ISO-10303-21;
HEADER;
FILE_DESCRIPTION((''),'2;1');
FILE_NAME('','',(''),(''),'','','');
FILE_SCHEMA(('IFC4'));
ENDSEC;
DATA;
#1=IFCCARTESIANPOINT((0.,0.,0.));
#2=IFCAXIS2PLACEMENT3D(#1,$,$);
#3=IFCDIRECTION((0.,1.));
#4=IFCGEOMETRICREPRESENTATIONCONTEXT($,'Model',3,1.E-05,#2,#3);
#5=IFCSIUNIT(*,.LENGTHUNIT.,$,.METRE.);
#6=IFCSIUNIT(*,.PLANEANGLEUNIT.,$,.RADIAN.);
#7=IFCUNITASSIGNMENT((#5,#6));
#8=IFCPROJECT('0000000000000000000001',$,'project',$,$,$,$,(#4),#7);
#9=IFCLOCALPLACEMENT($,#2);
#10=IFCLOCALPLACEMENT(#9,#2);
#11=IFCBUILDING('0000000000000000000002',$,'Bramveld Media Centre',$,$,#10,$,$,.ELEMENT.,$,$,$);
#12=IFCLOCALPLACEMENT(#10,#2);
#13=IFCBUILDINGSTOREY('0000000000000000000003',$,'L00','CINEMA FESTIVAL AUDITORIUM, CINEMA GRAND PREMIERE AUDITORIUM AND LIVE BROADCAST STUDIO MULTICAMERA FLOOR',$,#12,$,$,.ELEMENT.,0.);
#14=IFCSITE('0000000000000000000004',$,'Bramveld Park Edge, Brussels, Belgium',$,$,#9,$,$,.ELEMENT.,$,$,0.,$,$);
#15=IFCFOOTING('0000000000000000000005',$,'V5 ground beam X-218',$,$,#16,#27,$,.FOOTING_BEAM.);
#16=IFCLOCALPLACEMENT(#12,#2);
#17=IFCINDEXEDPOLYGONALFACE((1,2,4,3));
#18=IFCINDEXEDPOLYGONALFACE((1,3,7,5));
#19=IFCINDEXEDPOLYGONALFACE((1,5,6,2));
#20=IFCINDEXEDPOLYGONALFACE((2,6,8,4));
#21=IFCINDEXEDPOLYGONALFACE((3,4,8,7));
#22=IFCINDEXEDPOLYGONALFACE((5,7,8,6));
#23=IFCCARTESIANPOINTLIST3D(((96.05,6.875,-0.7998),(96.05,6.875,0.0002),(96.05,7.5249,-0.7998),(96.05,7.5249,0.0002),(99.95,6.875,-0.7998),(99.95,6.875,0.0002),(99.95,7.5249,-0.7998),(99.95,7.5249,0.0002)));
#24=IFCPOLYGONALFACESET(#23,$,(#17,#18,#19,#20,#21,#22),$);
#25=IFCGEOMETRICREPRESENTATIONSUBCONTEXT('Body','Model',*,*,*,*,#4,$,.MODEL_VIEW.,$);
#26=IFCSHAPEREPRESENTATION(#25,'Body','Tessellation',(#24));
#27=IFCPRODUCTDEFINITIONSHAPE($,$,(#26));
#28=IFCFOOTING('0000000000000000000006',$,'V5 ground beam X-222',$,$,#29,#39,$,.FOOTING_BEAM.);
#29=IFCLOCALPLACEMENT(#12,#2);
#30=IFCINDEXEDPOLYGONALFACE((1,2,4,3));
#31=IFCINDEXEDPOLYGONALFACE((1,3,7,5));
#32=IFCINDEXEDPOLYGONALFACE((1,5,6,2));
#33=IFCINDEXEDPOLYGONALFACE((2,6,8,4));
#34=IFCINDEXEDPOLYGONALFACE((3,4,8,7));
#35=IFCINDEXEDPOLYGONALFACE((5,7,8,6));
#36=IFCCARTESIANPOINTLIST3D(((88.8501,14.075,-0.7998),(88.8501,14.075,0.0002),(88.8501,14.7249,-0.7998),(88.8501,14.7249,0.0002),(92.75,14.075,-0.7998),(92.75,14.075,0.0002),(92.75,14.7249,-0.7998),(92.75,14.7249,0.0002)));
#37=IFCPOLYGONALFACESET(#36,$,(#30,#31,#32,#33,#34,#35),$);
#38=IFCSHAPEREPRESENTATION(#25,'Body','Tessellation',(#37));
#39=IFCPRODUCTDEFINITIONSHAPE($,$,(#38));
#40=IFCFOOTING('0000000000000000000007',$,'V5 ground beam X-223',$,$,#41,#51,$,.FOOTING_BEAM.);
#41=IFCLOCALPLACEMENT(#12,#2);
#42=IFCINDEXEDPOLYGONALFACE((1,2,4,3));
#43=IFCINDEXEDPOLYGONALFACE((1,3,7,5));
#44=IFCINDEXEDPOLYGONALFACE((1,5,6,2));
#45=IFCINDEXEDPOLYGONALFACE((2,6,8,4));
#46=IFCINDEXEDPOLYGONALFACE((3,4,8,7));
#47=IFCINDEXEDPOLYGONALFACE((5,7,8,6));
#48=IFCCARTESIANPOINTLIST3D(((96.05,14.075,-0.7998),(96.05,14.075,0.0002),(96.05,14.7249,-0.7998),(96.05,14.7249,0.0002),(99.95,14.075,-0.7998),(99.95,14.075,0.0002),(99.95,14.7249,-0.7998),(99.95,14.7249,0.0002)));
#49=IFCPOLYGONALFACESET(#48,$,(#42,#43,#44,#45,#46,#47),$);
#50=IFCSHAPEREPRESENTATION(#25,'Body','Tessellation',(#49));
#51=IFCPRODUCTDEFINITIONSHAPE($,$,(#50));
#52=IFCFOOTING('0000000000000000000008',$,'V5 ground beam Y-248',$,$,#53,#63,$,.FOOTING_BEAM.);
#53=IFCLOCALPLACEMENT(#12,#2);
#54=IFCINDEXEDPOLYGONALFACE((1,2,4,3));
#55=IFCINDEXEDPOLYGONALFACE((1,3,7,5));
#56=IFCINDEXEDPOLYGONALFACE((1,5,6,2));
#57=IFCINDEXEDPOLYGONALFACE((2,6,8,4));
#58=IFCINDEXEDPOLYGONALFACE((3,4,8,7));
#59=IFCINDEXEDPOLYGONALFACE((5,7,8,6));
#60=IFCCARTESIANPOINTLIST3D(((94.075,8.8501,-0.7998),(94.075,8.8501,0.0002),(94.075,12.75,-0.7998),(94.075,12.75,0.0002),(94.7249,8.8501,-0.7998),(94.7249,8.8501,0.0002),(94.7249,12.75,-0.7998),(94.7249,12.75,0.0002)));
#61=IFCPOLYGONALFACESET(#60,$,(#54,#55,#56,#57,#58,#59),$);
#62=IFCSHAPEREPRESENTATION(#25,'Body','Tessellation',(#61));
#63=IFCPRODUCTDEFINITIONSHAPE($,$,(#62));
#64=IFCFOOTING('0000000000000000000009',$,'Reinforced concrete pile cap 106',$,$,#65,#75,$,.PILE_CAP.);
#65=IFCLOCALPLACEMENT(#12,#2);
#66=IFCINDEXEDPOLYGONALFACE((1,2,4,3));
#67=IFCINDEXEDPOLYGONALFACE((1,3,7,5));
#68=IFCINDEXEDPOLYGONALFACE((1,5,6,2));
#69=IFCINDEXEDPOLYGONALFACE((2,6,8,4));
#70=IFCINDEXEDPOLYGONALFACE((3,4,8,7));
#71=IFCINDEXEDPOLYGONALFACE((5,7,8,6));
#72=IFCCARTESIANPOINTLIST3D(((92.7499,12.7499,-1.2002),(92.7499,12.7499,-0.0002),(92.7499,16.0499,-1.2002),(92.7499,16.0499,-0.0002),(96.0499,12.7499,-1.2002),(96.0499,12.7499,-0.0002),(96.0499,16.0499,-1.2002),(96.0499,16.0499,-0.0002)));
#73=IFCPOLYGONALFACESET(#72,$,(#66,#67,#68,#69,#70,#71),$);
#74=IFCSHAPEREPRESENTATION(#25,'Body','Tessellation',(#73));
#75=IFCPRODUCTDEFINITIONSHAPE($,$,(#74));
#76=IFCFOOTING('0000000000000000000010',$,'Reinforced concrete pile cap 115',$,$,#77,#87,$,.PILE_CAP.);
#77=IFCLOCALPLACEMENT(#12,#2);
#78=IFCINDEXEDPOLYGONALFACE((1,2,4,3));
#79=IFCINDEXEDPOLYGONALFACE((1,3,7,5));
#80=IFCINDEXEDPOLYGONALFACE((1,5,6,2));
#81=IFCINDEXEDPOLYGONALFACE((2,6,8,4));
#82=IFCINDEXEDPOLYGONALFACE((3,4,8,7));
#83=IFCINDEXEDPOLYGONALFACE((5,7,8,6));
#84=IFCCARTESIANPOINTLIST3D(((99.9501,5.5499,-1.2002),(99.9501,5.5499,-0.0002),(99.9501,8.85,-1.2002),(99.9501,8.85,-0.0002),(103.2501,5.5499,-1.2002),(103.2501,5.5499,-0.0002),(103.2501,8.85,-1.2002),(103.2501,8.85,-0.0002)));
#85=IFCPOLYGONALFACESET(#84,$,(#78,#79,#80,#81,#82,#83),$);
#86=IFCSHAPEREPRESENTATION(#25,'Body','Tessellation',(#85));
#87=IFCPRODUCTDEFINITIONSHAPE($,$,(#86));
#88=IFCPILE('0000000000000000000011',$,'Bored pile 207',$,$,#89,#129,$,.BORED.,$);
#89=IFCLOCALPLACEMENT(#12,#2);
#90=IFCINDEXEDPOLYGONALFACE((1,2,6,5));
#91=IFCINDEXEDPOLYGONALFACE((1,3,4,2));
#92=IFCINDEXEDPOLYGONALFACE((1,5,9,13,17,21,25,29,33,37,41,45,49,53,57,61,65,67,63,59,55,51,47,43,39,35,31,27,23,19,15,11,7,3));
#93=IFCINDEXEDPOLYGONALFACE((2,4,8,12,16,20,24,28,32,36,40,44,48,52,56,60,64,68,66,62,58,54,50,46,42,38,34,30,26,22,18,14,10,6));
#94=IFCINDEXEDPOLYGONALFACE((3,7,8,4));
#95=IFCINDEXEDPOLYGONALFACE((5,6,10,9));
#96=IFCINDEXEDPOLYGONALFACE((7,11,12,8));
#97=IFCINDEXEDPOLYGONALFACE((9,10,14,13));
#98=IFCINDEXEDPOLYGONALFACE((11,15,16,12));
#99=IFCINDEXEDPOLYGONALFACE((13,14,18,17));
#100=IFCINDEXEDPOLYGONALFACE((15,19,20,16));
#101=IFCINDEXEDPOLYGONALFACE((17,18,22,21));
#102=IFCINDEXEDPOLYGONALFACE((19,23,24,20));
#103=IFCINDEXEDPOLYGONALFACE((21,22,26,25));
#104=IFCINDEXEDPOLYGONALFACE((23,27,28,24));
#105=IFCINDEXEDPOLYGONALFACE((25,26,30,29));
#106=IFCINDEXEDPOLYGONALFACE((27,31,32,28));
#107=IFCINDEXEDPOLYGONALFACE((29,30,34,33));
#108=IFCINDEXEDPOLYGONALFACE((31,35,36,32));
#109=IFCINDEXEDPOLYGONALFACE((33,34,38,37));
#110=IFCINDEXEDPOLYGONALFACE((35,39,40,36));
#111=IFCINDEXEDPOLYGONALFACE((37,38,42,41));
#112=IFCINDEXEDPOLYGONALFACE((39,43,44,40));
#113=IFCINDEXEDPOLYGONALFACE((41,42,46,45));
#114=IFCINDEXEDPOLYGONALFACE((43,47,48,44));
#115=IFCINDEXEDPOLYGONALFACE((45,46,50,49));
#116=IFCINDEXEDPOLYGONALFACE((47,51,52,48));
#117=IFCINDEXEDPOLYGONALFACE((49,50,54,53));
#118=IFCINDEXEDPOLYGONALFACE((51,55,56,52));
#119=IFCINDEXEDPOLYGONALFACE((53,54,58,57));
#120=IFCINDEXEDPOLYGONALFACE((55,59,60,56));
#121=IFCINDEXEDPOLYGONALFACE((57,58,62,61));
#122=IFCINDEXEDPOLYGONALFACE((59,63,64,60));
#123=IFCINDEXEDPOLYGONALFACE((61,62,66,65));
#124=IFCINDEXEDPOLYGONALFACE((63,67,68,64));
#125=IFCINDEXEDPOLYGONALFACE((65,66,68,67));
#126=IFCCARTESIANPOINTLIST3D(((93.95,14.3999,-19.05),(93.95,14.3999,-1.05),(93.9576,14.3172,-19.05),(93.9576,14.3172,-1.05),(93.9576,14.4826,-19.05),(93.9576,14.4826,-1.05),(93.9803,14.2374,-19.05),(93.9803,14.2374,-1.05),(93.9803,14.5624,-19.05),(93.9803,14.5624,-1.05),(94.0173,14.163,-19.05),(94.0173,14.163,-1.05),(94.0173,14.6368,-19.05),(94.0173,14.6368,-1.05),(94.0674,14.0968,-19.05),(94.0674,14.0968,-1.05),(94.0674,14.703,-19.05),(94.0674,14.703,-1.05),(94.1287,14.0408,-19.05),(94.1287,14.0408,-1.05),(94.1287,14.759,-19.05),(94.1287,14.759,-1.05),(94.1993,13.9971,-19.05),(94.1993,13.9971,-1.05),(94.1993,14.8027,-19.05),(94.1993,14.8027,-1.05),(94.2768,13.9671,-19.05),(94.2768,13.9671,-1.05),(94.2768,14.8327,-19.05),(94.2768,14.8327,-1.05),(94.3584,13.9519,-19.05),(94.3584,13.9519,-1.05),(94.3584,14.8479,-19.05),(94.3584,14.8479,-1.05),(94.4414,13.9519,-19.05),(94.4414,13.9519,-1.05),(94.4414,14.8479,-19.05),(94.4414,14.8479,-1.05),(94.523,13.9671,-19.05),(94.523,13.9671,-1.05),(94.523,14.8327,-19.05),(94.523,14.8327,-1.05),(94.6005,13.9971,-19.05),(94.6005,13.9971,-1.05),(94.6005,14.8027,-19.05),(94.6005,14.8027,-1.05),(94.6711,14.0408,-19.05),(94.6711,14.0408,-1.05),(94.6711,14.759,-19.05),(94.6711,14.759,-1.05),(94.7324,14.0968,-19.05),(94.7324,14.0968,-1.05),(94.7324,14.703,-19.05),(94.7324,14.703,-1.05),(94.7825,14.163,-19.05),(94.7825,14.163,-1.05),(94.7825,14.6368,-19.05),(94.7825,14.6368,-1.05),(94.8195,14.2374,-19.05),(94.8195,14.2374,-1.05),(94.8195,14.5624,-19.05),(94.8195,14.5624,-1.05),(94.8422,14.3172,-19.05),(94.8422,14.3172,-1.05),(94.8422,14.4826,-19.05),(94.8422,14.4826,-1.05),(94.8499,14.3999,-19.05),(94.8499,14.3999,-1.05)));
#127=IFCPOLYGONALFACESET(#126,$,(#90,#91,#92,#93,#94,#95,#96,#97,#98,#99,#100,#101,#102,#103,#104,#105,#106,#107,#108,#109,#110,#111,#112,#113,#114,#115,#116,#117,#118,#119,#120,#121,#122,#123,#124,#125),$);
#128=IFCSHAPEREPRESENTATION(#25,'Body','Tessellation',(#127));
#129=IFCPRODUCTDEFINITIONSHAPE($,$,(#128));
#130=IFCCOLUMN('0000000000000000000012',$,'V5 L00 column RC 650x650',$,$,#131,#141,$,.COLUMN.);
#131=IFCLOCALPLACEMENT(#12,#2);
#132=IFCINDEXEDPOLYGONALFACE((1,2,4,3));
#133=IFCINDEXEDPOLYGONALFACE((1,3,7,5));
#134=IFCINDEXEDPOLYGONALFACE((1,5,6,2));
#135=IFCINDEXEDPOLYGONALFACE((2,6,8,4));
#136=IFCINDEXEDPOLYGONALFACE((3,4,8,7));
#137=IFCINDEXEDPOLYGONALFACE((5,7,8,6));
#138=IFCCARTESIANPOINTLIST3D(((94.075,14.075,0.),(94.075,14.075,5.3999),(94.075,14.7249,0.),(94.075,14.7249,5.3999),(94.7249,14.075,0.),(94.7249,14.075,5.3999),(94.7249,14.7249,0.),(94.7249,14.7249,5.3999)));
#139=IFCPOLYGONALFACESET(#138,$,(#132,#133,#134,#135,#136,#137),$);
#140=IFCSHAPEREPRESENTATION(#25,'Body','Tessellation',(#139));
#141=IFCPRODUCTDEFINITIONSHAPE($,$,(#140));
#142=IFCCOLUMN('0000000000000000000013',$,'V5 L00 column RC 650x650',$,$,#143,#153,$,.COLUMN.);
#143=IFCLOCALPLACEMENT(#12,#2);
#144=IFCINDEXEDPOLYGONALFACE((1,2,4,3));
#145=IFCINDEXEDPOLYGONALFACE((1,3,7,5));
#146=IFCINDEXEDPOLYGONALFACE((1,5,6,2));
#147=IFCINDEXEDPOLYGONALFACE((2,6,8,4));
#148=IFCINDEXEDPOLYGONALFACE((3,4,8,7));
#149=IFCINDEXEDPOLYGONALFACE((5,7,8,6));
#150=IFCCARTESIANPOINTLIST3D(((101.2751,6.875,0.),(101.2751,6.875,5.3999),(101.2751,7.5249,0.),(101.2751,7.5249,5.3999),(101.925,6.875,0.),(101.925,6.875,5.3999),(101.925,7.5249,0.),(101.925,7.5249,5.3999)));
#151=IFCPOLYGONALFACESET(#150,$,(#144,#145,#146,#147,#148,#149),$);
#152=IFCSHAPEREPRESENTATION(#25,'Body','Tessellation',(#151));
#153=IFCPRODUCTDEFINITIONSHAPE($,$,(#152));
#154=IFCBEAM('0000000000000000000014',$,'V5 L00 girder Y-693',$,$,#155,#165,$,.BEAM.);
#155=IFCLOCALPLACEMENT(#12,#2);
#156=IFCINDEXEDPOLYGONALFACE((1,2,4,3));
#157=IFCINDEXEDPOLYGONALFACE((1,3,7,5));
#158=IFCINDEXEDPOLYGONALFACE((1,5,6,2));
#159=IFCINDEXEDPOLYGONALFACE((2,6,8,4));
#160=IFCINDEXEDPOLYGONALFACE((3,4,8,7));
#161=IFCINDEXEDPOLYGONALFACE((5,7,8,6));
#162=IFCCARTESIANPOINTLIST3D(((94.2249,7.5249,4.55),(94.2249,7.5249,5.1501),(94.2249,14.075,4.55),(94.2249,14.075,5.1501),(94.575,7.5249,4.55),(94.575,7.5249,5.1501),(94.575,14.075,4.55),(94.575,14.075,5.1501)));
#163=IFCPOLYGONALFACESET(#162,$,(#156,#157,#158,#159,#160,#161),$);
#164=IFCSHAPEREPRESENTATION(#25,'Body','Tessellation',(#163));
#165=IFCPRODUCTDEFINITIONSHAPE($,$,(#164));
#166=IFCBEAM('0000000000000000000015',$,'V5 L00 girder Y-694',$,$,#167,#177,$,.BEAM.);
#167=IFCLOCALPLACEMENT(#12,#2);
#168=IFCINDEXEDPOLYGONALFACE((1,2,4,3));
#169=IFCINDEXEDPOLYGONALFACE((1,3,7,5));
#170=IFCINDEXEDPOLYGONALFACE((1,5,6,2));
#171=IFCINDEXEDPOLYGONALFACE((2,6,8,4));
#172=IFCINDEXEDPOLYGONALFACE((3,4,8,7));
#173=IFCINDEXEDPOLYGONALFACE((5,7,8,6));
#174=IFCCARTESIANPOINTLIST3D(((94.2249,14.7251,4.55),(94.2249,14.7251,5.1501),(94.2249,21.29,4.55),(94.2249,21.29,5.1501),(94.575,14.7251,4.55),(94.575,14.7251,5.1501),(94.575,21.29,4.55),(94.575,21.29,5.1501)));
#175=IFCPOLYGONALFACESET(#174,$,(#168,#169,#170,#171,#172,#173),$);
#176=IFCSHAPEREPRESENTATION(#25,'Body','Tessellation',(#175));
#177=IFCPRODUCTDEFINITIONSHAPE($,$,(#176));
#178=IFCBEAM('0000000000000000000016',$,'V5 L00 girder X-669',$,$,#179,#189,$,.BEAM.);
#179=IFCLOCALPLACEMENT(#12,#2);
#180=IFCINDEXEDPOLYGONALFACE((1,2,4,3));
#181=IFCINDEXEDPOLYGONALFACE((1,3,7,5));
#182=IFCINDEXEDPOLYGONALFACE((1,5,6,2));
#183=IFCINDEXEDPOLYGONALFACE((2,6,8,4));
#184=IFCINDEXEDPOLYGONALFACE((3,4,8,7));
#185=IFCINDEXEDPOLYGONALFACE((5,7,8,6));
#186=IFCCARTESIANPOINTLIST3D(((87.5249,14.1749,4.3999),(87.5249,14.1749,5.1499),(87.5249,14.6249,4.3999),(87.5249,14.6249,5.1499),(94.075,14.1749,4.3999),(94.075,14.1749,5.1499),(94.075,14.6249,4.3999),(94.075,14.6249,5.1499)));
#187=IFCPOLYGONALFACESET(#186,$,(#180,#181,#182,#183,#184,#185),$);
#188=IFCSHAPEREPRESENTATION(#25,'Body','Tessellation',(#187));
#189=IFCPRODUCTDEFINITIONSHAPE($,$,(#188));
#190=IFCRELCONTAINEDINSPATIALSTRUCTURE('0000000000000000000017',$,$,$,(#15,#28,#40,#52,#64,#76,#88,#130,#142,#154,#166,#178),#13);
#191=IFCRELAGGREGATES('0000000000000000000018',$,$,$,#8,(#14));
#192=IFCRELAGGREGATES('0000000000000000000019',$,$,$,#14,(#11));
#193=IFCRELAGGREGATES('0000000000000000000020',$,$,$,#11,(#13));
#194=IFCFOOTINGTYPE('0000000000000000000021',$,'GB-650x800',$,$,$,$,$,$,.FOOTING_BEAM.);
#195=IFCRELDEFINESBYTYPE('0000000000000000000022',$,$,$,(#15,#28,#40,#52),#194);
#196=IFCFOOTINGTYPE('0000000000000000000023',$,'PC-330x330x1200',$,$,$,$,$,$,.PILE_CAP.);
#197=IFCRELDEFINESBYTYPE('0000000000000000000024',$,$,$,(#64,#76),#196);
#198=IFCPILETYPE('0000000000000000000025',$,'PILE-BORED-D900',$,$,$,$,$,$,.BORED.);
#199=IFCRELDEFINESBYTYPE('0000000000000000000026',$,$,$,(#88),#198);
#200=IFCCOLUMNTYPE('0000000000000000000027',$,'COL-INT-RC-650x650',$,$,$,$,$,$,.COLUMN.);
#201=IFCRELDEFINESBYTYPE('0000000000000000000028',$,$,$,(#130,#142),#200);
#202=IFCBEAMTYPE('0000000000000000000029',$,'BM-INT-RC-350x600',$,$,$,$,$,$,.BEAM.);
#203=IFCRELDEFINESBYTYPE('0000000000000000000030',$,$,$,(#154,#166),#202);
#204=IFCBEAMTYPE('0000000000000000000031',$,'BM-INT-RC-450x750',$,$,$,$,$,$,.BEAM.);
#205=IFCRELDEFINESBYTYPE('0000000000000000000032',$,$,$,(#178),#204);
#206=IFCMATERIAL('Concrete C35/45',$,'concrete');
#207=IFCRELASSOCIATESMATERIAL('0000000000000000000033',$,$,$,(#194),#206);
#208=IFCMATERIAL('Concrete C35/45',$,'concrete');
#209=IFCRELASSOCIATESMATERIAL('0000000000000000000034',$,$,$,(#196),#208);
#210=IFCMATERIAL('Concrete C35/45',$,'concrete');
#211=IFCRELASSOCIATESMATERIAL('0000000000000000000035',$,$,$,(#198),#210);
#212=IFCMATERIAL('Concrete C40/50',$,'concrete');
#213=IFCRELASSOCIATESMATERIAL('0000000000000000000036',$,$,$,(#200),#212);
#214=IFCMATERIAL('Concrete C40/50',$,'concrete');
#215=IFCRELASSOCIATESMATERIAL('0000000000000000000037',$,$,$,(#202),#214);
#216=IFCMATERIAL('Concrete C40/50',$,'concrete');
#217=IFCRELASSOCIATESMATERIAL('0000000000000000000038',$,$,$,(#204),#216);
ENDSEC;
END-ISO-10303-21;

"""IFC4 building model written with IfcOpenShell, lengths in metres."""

from ifc_helpers import new_model, si_unit, direction, frame, origin, origin_2d, place, context, subcontext, project, spatial, rectangle, circle, extrude, material, material_profile, profile_set, type_object, element, save


model = new_model("IFC4")

# Units and contexts
model_context = context("Model", 3, precision=1e-05, world=origin(), true_north=direction((0.0, 1.0)))
body_context = subcontext(model_context, "Body", "Model", "MODEL_VIEW")
ifc_project = project(units=[si_unit("LENGTHUNIT", "METRE"), si_unit("PLANEANGLEUNIT", "RADIAN")], contexts=[model_context])

# Site, building, storey
site_placement = place(None, origin())
site = spatial("IfcSite", under=ifc_project, at=site_placement, Name="Bramveld Park Edge, Brussels, Belgium", CompositionType="ELEMENT", RefElevation=0.0)
building_placement = place(site_placement, origin())
building = spatial("IfcBuilding", under=site, at=building_placement, Name="Bramveld Media Centre", CompositionType="ELEMENT")
storey_placement = place(building_placement, origin())
storey = spatial("IfcBuildingStorey", under=building, at=storey_placement, Name="L00", Description="CINEMA FESTIVAL AUDITORIUM, CINEMA GRAND PREMIERE AUDITORIUM AND LIVE BROADCAST STUDIO MULTICAMERA FLOOR", CompositionType="ELEMENT", Elevation=0.0)

# Footings
ifc_material_1 = material(Name="Concrete C35/45", Category="concrete")
footing_type_1 = type_object("IfcFootingType", Name="GB-650x800", PredefinedType="FOOTING_BEAM", material=ifc_material_1)
for number, where, z_axis, x_axis, name in (
    (1, (98.0, 7.2, -0.7998), (0.0, 0.0, 1.0), (1.0, 0.0, 0.0), "V5 ground beam X-218"),
    (2, (90.8, 14.3999, -0.7998), (0.0, 0.0, 1.0), (1.0, 0.0, 0.0), "V5 ground beam X-222"),
    (3, (98.0, 14.3999, -0.7998), (0.0, 0.0, 1.0), (1.0, 0.0, 0.0), "V5 ground beam X-223"),
):
    element("IfcFooting", number, at=place(storey_placement, frame(where, z_axis=z_axis, x_axis=x_axis)), inside=storey, type_object=footing_type_1, Name=name, PredefinedType="FOOTING_BEAM", context=body_context, shape_type="SweptSolid", body=[
        extrude(rectangle(XDim=3.8999, YDim=0.6499, at=origin_2d()), origin(), (0.0, 0.0, 1.0), 0.8),
    ])
footing_placement = place(storey_placement, frame((94.3999, 10.8, -0.7998), z_axis=(0.0, 0.0, 1.0), x_axis=(1.0, 0.0, 0.0)))
element("IfcFooting", 4, at=footing_placement, inside=storey, type_object=footing_type_1, Name="V5 ground beam Y-248", PredefinedType="FOOTING_BEAM", context=body_context, shape_type="SweptSolid", body=[
    extrude(rectangle(XDim=0.6499, YDim=3.8999, at=origin_2d()), origin(), (0.0, 0.0, 1.0), 0.8),
])
ifc_material_2 = material(Name="Concrete C35/45", Category="concrete")
footing_type_2 = type_object("IfcFootingType", Name="PC-330x330x1200", PredefinedType="PILE_CAP", material=ifc_material_2)
for number, where, z_axis, x_axis, name in (
    (5, (94.3999, 14.3999, -1.2002), (0.0, 0.0, 1.0), (1.0, 0.0, 0.0), "Reinforced concrete pile cap 106"),
    (6, (101.6001, 7.2, -1.2002), (0.0, 0.0, 1.0), (1.0, 0.0, 0.0), "Reinforced concrete pile cap 115"),
):
    element("IfcFooting", number, at=place(storey_placement, frame(where, z_axis=z_axis, x_axis=x_axis)), inside=storey, type_object=footing_type_2, Name=name, PredefinedType="PILE_CAP", context=body_context, shape_type="SweptSolid", body=[
        extrude(rectangle(XDim=3.3, YDim=3.3, at=origin_2d()), origin(), (0.0, 0.0, 1.0), 1.2),
    ])

# Pile
ifc_material_3 = material(Name="Concrete C35/45", Category="concrete")
ifc_material_profile_1 = material_profile(ifc_material_3, circle(Radius=0.45, at=origin_2d()), Name="BORED D900")
ifc_profile_set_1 = profile_set([ifc_material_profile_1], Name="Concrete C35/45")
pile_type = type_object("IfcPileType", Name="PILE-BORED-D900", PredefinedType="BORED", material=ifc_profile_set_1)
pile_placement = place(storey_placement, frame((94.3999, 14.3999, -1.05), z_axis=(0.0, 0.0, -1.0), x_axis=(1.0, 0.0, 0.0)))
element("IfcPile", 7, at=pile_placement, inside=storey, type_object=pile_type, Name="Bored pile 207", PredefinedType="BORED", context=body_context, shape_type="SweptSolid", body=[
    extrude(circle(Radius=0.45, at=origin_2d()), origin(), (0.0, 0.0, 1.0), 18.0),
])

# Columns
ifc_material_4 = material(Name="Concrete C40/50", Category="concrete")
ifc_material_profile_2 = material_profile(ifc_material_4, rectangle(XDim=0.6499, YDim=0.6499, at=origin_2d()), Name="RC 650x650")
ifc_profile_set_2 = profile_set([ifc_material_profile_2], Name="Concrete C40/50")
column_type = type_object("IfcColumnType", Name="COL-INT-RC-650x650", PredefinedType="COLUMN", material=ifc_profile_set_2)
for number, where, z_axis, x_axis, name in (
    (8, (94.3999, 14.3999, 0.0), (0.0, 0.0, 1.0), (1.0, 0.0, 0.0), "V5 L00 column RC 650x650"),
    (9, (101.6001, 7.2, 0.0), (0.0, 0.0, 1.0), (1.0, 0.0, 0.0), "V5 L00 column RC 650x650"),
):
    element("IfcColumn", number, at=place(storey_placement, frame(where, z_axis=z_axis, x_axis=x_axis)), inside=storey, type_object=column_type, Name=name, PredefinedType="COLUMN", context=body_context, shape_type="SweptSolid", body=[
        extrude(rectangle(XDim=0.6499, YDim=0.6499, at=origin_2d()), origin(), (0.0, 0.0, 1.0), 5.3999),
    ])

# Beams
ifc_material_5 = material(Name="Concrete C40/50", Category="concrete")
ifc_material_profile_3 = material_profile(ifc_material_5, rectangle(XDim=0.3501, YDim=0.6001, at=origin_2d()), Name="RC 350x600")
ifc_profile_set_3 = profile_set([ifc_material_profile_3], Name="Concrete C40/50")
beam_type_1 = type_object("IfcBeamType", Name="BM-INT-RC-350x600", PredefinedType="BEAM", material=ifc_profile_set_3)
beam_1_placement = place(storey_placement, frame((94.3999, 7.5249, 4.8501), z_axis=(0.0, 1.0, 0.0), x_axis=(-1.0, 0.0, 0.0)))
element("IfcBeam", 10, at=beam_1_placement, inside=storey, type_object=beam_type_1, Name="V5 L00 girder Y-693", PredefinedType="BEAM", context=body_context, shape_type="SweptSolid", body=[
    extrude(rectangle(XDim=0.3501, YDim=0.6001, at=origin_2d()), origin(), (0.0, 0.0, 1.0), 6.55),
])
beam_2_placement = place(storey_placement, frame((94.3999, 14.7251, 4.8501), z_axis=(0.0, 1.0, 0.0), x_axis=(-1.0, 0.0, 0.0)))
element("IfcBeam", 11, at=beam_2_placement, inside=storey, type_object=beam_type_1, Name="V5 L00 girder Y-694", PredefinedType="BEAM", context=body_context, shape_type="SweptSolid", body=[
    extrude(rectangle(XDim=0.3501, YDim=0.6001, at=origin_2d()), origin(), (0.0, 0.0, 1.0), 6.5649),
])
ifc_material_6 = material(Name="Concrete C40/50", Category="concrete")
ifc_material_profile_4 = material_profile(ifc_material_6, rectangle(XDim=0.45, YDim=0.75, at=origin_2d()), Name="RC 450x750")
ifc_profile_set_4 = profile_set([ifc_material_profile_4], Name="Concrete C40/50")
beam_type_2 = type_object("IfcBeamType", Name="BM-INT-RC-450x750", PredefinedType="BEAM", material=ifc_profile_set_4)
beam_3_placement = place(storey_placement, frame((87.5249, 14.3999, 4.7749), z_axis=(1.0, 0.0, 0.0), x_axis=(0.0, 1.0, 0.0)))
element("IfcBeam", 12, at=beam_3_placement, inside=storey, type_object=beam_type_2, Name="V5 L00 girder X-669", PredefinedType="BEAM", context=body_context, shape_type="SweptSolid", body=[
    extrude(rectangle(XDim=0.45, YDim=0.75, at=origin_2d()), origin(), (0.0, 0.0, 1.0), 6.55),
])

save(model, "model.ifc")
